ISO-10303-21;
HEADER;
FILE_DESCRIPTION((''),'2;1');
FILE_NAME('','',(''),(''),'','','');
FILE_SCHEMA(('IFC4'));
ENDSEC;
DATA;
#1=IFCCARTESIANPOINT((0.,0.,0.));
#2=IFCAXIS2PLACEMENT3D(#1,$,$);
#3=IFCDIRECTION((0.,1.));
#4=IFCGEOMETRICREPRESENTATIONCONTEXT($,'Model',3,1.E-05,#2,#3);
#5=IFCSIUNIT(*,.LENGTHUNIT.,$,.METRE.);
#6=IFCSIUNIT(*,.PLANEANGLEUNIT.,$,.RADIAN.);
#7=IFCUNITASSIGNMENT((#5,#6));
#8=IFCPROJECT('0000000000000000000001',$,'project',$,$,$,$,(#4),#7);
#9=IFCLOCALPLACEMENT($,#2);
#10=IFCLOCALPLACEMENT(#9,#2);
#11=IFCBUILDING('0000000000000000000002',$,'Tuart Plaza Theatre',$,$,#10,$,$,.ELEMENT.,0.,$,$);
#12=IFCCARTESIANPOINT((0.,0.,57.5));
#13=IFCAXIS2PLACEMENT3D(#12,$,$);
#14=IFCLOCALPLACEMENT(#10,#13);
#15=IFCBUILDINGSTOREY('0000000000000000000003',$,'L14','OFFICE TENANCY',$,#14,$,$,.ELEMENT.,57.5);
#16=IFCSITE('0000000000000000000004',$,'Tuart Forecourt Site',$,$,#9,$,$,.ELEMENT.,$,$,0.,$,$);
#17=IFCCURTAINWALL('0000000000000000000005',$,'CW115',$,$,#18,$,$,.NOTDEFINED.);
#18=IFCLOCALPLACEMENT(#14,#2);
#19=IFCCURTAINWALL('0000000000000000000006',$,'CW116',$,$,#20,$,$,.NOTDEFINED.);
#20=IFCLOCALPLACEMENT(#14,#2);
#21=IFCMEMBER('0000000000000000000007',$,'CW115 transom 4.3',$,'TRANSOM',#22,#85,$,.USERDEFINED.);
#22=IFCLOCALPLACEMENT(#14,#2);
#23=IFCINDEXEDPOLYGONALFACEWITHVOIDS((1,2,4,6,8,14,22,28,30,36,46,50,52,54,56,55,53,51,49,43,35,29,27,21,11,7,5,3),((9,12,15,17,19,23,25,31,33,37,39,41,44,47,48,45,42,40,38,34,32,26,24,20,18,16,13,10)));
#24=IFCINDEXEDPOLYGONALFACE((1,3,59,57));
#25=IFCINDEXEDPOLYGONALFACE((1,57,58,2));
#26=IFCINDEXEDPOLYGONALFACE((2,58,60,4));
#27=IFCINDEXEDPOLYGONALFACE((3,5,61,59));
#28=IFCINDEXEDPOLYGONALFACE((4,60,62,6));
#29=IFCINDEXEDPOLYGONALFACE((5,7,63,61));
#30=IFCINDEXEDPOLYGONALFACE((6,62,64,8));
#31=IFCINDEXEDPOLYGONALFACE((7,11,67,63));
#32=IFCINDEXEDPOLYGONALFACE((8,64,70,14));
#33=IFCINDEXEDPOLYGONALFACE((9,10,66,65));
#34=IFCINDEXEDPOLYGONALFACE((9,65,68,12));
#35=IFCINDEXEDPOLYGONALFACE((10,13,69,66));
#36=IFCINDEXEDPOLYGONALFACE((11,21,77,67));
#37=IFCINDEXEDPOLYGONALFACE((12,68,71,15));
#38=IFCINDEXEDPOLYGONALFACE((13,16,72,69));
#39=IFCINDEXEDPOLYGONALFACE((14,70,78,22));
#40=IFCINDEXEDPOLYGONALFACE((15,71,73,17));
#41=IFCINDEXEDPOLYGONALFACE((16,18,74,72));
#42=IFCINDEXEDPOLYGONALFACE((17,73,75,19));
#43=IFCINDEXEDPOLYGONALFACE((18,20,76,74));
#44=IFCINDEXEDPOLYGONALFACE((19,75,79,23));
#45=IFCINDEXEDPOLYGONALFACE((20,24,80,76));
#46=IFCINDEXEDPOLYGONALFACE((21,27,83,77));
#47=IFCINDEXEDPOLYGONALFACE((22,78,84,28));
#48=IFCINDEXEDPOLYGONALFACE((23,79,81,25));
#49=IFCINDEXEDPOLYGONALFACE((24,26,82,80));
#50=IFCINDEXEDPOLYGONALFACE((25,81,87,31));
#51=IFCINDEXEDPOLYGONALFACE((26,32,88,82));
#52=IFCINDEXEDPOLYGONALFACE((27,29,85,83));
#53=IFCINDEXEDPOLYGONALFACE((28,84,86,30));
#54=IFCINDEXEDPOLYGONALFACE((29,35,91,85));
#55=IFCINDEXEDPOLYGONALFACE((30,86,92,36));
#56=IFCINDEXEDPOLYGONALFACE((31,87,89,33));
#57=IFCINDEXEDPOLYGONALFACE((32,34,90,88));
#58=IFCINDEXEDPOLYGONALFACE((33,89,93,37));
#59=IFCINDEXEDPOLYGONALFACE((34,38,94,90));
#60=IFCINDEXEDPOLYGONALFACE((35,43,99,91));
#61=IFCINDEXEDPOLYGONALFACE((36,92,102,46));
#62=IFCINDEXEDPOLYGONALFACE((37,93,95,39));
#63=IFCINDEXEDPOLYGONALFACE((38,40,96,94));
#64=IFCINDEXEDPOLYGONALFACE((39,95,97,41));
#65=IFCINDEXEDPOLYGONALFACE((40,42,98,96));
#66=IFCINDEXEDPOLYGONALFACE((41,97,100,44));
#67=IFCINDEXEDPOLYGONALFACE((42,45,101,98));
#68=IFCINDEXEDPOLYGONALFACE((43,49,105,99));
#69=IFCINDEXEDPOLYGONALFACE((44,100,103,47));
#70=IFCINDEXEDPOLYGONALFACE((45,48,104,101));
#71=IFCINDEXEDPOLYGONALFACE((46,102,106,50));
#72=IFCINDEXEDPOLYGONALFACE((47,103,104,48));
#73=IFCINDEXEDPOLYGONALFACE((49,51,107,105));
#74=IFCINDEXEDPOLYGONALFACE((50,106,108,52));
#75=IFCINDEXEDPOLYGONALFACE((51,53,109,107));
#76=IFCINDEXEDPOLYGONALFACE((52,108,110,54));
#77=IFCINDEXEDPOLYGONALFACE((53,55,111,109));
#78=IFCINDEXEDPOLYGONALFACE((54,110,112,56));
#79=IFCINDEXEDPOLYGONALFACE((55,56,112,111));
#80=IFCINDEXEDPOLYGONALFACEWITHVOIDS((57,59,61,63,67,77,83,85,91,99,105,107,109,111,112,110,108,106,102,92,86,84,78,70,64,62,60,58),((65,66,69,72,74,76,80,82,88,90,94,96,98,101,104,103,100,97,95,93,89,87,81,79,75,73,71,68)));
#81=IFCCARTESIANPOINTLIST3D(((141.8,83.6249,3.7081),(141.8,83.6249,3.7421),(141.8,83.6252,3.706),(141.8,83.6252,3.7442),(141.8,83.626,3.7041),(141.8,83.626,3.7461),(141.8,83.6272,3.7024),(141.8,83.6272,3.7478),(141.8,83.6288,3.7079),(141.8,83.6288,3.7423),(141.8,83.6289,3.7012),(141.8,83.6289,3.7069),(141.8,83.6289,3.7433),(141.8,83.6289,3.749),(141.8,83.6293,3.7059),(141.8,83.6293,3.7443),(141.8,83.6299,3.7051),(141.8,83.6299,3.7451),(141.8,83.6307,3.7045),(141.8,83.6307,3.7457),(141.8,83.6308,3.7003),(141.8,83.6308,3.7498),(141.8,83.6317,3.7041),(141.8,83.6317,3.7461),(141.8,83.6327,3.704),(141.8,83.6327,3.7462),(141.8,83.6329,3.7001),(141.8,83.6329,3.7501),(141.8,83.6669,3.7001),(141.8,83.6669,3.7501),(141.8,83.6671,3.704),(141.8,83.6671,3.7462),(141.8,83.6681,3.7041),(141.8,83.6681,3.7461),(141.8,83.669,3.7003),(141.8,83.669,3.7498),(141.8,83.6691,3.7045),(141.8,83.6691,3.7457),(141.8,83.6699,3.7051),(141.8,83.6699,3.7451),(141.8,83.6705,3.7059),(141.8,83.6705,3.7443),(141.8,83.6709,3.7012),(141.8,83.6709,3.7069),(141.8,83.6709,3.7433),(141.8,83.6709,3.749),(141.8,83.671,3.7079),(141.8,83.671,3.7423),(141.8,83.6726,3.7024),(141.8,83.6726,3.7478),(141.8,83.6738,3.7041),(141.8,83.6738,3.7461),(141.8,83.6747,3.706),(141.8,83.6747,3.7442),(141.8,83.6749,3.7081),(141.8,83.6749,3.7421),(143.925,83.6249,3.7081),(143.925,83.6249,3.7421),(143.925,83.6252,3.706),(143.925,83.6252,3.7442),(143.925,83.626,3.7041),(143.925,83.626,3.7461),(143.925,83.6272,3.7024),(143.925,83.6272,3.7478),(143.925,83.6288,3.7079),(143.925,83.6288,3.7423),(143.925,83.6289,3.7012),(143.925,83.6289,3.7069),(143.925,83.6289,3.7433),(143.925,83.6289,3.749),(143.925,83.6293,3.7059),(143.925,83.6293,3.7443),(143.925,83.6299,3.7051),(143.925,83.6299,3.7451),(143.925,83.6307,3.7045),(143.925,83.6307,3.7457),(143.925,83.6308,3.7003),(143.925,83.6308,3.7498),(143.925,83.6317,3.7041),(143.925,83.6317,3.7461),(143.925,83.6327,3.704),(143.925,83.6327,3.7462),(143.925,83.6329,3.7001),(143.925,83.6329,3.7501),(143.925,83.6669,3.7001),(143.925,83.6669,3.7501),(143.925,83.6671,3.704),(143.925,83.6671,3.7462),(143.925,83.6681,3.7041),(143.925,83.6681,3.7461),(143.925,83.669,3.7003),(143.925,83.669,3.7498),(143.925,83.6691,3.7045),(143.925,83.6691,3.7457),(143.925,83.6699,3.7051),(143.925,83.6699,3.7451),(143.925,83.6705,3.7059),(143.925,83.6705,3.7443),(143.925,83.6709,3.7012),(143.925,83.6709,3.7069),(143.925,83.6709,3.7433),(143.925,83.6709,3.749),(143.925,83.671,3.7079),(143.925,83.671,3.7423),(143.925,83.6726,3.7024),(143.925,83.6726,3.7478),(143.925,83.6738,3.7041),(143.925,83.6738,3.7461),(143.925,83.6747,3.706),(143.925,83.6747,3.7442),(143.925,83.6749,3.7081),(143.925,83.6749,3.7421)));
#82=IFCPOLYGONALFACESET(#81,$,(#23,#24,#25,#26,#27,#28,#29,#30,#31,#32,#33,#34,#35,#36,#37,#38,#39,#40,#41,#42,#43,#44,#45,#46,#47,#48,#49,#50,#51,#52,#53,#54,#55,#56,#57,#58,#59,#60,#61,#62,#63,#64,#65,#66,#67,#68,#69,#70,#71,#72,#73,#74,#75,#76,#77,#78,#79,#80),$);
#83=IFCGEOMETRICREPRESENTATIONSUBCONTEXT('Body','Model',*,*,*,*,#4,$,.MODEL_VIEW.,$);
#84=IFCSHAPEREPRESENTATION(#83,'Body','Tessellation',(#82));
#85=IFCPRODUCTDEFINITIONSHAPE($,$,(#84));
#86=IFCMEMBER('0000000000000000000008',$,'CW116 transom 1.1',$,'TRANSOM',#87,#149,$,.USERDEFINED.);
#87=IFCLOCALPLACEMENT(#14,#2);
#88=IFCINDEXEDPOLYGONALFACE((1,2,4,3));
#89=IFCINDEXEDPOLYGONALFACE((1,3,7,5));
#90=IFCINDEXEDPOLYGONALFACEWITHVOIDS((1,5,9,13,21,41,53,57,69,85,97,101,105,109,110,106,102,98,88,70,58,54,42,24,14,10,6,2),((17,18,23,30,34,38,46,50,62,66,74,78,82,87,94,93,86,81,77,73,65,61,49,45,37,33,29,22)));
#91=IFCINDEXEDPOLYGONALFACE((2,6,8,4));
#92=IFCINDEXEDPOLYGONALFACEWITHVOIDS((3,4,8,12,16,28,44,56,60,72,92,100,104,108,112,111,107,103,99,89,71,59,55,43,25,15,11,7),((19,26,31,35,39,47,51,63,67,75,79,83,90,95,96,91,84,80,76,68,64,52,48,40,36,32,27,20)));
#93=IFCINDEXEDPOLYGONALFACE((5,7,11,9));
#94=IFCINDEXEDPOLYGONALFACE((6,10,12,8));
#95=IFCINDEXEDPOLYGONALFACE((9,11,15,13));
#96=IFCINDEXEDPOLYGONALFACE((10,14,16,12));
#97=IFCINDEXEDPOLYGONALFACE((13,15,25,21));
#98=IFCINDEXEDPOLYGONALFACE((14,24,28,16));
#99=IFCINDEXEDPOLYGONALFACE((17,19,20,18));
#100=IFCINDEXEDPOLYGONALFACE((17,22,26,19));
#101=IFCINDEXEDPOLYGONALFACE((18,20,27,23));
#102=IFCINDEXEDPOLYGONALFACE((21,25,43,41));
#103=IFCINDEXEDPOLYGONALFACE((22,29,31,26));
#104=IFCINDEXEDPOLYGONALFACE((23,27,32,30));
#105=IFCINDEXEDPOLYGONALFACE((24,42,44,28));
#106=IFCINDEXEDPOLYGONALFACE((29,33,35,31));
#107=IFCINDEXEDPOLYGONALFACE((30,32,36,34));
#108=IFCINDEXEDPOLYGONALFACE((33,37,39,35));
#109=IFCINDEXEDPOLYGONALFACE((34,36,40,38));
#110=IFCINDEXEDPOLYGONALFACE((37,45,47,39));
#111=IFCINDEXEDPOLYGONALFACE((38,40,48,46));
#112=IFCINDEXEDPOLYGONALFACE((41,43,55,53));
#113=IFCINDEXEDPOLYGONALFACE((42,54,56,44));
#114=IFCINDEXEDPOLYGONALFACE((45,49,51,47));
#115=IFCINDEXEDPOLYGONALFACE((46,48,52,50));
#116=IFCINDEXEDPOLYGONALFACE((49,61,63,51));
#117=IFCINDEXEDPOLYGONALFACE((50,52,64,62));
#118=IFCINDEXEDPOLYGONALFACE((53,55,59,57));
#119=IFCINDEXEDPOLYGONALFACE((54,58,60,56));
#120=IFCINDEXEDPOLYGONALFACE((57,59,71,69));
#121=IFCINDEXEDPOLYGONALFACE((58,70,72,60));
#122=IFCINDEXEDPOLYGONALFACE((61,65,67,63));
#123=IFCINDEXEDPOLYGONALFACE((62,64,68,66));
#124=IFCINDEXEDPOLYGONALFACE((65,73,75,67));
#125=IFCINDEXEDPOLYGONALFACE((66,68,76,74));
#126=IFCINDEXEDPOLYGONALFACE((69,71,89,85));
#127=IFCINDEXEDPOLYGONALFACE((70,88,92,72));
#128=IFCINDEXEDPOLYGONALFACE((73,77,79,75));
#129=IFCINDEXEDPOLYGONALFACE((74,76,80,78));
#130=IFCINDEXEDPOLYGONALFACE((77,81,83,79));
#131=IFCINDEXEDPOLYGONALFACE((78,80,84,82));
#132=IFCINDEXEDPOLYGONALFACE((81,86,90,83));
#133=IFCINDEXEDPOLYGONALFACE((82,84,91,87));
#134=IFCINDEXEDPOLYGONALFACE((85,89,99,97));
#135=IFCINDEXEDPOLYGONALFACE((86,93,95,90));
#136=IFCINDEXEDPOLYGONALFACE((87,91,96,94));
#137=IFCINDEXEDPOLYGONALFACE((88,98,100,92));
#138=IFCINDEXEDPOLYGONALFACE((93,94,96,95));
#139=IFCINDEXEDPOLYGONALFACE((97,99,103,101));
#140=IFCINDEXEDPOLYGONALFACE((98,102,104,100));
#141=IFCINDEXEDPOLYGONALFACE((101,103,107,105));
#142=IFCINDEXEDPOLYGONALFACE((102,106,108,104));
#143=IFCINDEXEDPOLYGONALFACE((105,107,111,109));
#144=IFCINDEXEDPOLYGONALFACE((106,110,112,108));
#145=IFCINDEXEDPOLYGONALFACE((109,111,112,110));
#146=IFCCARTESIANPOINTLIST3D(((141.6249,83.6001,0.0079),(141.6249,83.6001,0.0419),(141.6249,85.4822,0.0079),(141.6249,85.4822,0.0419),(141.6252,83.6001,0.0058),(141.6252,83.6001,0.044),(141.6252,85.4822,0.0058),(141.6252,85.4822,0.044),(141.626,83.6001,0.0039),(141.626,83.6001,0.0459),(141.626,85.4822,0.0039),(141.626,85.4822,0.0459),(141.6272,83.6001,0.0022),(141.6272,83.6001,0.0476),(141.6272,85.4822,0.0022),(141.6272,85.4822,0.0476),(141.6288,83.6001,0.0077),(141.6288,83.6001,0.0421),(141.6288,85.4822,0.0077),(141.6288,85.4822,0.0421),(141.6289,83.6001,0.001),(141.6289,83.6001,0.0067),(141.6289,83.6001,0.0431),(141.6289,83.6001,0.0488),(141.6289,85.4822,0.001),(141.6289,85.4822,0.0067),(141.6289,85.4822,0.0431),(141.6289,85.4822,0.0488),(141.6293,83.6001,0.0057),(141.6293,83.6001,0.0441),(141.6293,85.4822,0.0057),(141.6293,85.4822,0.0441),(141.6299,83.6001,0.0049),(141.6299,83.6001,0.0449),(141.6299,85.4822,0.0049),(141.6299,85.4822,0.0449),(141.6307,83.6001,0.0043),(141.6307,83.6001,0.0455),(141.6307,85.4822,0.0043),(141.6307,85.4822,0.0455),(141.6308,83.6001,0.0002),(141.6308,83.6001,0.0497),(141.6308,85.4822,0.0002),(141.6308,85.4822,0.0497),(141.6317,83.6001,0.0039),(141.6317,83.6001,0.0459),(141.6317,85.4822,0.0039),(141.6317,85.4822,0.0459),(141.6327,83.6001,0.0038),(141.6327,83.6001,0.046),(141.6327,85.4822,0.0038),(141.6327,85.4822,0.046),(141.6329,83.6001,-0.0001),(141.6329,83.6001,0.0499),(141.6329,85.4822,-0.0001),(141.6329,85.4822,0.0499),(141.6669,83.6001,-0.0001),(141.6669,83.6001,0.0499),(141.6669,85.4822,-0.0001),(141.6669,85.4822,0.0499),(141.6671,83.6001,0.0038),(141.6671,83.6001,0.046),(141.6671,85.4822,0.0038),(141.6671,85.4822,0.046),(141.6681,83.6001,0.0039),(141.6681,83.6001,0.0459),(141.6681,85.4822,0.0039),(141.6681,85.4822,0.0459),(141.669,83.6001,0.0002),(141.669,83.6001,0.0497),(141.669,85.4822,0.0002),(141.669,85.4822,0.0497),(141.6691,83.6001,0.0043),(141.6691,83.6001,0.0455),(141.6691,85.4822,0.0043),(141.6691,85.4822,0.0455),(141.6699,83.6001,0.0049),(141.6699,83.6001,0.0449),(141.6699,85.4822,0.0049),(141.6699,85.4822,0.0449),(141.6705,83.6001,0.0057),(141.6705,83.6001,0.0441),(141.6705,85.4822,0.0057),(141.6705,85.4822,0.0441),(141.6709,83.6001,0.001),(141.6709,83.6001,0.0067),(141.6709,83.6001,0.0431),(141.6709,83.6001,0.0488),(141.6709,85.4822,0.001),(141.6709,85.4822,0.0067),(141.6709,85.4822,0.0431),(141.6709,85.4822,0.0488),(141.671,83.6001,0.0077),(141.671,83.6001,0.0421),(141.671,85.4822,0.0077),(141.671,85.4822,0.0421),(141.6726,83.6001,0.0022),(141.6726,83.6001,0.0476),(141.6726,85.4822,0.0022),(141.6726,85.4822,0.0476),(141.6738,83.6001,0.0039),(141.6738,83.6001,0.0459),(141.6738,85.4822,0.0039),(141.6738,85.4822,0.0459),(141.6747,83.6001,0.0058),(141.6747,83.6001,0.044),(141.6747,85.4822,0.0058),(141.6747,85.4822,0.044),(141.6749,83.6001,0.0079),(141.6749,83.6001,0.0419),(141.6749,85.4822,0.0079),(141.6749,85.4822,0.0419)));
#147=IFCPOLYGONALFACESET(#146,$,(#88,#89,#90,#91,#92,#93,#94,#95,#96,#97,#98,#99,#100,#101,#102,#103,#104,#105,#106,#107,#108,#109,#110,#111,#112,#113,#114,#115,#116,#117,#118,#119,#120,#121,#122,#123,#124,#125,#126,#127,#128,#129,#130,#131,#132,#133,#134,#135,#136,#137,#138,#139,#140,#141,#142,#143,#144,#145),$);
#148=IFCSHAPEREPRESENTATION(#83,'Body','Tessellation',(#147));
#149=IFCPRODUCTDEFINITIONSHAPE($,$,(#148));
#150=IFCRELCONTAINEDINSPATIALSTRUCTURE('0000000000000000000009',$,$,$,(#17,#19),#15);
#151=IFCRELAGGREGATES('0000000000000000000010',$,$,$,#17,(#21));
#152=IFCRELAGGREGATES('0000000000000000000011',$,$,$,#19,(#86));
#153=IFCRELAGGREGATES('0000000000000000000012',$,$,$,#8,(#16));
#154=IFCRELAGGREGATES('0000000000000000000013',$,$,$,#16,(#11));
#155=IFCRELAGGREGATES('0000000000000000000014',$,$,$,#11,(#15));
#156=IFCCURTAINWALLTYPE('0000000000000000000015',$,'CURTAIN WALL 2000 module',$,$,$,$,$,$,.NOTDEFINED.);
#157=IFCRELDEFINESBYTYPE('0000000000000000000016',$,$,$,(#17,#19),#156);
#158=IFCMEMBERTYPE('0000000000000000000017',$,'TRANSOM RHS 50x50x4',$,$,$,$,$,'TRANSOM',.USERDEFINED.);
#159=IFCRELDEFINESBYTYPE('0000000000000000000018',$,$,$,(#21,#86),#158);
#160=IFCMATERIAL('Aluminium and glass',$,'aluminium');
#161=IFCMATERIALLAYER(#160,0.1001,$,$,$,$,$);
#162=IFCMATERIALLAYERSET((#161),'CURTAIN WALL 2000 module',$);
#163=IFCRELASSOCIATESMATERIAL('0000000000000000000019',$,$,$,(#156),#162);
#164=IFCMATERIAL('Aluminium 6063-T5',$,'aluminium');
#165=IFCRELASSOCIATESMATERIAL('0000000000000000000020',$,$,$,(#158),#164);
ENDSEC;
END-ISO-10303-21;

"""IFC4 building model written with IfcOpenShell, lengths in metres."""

from ifc_helpers import new_model, si_unit, direction, frame, origin, origin_2d, place, context, subcontext, project, spatial, hollow_rectangle, extrude, material, layer, layer_set, material_profile, profile_set, type_object, element, aggregate, save


model = new_model("IFC4")

# Units and contexts
model_context = context("Model", 3, precision=1e-05, world=origin(), true_north=direction((0.0, 1.0)))
body_context = subcontext(model_context, "Body", "Model", "MODEL_VIEW")
ifc_project = project(units=[si_unit("LENGTHUNIT", "METRE"), si_unit("PLANEANGLEUNIT", "RADIAN")], contexts=[model_context])

# Site, building, storey
site_placement = place(None, origin())
site = spatial("IfcSite", under=ifc_project, at=site_placement, Name="Tuart Forecourt Site", CompositionType="ELEMENT", RefElevation=0.0)
building_placement = place(site_placement, origin())
building = spatial("IfcBuilding", under=site, at=building_placement, Name="Tuart Plaza Theatre", CompositionType="ELEMENT", ElevationOfRefHeight=0.0)
storey_placement = place(building_placement, frame((0.0, 0.0, 57.5)))
storey = spatial("IfcBuildingStorey", under=building, at=storey_placement, Name="L14", Description="OFFICE TENANCY", CompositionType="ELEMENT", Elevation=57.5)

# Curtain walls
ifc_material_1 = material(Name="Aluminium and glass", Category="aluminium")
ifc_layer_1 = layer(ifc_material_1, 0.1001)
ifc_layer_set_1 = layer_set([ifc_layer_1], Name="CURTAIN WALL 2000 module")
curtain_wall_type = type_object("IfcCurtainWallType", Name="CURTAIN WALL 2000 module", PredefinedType="NOTDEFINED", material=ifc_layer_set_1)
curtain_wall_1_placement = place(storey_placement, origin())
curtain_wall_1 = element("IfcCurtainWall", 1, at=curtain_wall_1_placement, inside=storey, type_object=curtain_wall_type, Name="CW115", PredefinedType="NOTDEFINED")
curtain_wall_2_placement = place(storey_placement, origin())
curtain_wall_2 = element("IfcCurtainWall", 2, at=curtain_wall_2_placement, inside=storey, type_object=curtain_wall_type, Name="CW116", PredefinedType="NOTDEFINED")

# Members
ifc_material_2 = material(Name="Aluminium 6063-T5", Category="aluminium")
ifc_material_profile_1 = material_profile(ifc_material_2, hollow_rectangle(XDim=0.05, YDim=0.05, WallThickness=0.0039, InnerFilletRadius=0.0039, OuterFilletRadius=0.0081, at=origin_2d()), Name="RHS 50x50x4")
ifc_profile_set_1 = profile_set([ifc_material_profile_1], Name="Aluminium 6063-T5")
member_type_1 = type_object("IfcMemberType", Name="TRANSOM RHS 50x50x4", ElementType="TRANSOM", PredefinedType="USERDEFINED", material=ifc_profile_set_1)
member_1_placement = place(storey_placement, frame((143.925, 83.6499, 3.7251), z_axis=(-1.0, 0.0, 0.0), x_axis=(0.0, -1.0, 0.0)))
member_1 = element("IfcMember", 3, at=member_1_placement, type_object=member_type_1, Name="CW115 transom 4.3", ObjectType="TRANSOM", PredefinedType="USERDEFINED", context=body_context, shape_type="SweptSolid", body=[
    extrude(hollow_rectangle(XDim=0.05, YDim=0.05, WallThickness=0.0039, InnerFilletRadius=0.0039, OuterFilletRadius=0.0081, at=origin_2d()), origin(), (0.0, 0.0, 1.0), 2.125),
])
member_2_placement = place(storey_placement, frame((141.6499, 83.6001, 0.0249), z_axis=(0.0, 1.0, 0.0), x_axis=(-1.0, 0.0, 0.0)))
member_2 = element("IfcMember", 4, at=member_2_placement, type_object=member_type_1, Name="CW116 transom 1.1", ObjectType="TRANSOM", PredefinedType="USERDEFINED", context=body_context, shape_type="SweptSolid", body=[
    extrude(hollow_rectangle(XDim=0.05, YDim=0.05, WallThickness=0.0039, InnerFilletRadius=0.0039, OuterFilletRadius=0.0081, at=origin_2d()), origin(), (0.0, 0.0, 1.0), 1.8821),
])

aggregate(curtain_wall_1, [member_1])
aggregate(curtain_wall_2, [member_2])

save(model, "model.ifc")
